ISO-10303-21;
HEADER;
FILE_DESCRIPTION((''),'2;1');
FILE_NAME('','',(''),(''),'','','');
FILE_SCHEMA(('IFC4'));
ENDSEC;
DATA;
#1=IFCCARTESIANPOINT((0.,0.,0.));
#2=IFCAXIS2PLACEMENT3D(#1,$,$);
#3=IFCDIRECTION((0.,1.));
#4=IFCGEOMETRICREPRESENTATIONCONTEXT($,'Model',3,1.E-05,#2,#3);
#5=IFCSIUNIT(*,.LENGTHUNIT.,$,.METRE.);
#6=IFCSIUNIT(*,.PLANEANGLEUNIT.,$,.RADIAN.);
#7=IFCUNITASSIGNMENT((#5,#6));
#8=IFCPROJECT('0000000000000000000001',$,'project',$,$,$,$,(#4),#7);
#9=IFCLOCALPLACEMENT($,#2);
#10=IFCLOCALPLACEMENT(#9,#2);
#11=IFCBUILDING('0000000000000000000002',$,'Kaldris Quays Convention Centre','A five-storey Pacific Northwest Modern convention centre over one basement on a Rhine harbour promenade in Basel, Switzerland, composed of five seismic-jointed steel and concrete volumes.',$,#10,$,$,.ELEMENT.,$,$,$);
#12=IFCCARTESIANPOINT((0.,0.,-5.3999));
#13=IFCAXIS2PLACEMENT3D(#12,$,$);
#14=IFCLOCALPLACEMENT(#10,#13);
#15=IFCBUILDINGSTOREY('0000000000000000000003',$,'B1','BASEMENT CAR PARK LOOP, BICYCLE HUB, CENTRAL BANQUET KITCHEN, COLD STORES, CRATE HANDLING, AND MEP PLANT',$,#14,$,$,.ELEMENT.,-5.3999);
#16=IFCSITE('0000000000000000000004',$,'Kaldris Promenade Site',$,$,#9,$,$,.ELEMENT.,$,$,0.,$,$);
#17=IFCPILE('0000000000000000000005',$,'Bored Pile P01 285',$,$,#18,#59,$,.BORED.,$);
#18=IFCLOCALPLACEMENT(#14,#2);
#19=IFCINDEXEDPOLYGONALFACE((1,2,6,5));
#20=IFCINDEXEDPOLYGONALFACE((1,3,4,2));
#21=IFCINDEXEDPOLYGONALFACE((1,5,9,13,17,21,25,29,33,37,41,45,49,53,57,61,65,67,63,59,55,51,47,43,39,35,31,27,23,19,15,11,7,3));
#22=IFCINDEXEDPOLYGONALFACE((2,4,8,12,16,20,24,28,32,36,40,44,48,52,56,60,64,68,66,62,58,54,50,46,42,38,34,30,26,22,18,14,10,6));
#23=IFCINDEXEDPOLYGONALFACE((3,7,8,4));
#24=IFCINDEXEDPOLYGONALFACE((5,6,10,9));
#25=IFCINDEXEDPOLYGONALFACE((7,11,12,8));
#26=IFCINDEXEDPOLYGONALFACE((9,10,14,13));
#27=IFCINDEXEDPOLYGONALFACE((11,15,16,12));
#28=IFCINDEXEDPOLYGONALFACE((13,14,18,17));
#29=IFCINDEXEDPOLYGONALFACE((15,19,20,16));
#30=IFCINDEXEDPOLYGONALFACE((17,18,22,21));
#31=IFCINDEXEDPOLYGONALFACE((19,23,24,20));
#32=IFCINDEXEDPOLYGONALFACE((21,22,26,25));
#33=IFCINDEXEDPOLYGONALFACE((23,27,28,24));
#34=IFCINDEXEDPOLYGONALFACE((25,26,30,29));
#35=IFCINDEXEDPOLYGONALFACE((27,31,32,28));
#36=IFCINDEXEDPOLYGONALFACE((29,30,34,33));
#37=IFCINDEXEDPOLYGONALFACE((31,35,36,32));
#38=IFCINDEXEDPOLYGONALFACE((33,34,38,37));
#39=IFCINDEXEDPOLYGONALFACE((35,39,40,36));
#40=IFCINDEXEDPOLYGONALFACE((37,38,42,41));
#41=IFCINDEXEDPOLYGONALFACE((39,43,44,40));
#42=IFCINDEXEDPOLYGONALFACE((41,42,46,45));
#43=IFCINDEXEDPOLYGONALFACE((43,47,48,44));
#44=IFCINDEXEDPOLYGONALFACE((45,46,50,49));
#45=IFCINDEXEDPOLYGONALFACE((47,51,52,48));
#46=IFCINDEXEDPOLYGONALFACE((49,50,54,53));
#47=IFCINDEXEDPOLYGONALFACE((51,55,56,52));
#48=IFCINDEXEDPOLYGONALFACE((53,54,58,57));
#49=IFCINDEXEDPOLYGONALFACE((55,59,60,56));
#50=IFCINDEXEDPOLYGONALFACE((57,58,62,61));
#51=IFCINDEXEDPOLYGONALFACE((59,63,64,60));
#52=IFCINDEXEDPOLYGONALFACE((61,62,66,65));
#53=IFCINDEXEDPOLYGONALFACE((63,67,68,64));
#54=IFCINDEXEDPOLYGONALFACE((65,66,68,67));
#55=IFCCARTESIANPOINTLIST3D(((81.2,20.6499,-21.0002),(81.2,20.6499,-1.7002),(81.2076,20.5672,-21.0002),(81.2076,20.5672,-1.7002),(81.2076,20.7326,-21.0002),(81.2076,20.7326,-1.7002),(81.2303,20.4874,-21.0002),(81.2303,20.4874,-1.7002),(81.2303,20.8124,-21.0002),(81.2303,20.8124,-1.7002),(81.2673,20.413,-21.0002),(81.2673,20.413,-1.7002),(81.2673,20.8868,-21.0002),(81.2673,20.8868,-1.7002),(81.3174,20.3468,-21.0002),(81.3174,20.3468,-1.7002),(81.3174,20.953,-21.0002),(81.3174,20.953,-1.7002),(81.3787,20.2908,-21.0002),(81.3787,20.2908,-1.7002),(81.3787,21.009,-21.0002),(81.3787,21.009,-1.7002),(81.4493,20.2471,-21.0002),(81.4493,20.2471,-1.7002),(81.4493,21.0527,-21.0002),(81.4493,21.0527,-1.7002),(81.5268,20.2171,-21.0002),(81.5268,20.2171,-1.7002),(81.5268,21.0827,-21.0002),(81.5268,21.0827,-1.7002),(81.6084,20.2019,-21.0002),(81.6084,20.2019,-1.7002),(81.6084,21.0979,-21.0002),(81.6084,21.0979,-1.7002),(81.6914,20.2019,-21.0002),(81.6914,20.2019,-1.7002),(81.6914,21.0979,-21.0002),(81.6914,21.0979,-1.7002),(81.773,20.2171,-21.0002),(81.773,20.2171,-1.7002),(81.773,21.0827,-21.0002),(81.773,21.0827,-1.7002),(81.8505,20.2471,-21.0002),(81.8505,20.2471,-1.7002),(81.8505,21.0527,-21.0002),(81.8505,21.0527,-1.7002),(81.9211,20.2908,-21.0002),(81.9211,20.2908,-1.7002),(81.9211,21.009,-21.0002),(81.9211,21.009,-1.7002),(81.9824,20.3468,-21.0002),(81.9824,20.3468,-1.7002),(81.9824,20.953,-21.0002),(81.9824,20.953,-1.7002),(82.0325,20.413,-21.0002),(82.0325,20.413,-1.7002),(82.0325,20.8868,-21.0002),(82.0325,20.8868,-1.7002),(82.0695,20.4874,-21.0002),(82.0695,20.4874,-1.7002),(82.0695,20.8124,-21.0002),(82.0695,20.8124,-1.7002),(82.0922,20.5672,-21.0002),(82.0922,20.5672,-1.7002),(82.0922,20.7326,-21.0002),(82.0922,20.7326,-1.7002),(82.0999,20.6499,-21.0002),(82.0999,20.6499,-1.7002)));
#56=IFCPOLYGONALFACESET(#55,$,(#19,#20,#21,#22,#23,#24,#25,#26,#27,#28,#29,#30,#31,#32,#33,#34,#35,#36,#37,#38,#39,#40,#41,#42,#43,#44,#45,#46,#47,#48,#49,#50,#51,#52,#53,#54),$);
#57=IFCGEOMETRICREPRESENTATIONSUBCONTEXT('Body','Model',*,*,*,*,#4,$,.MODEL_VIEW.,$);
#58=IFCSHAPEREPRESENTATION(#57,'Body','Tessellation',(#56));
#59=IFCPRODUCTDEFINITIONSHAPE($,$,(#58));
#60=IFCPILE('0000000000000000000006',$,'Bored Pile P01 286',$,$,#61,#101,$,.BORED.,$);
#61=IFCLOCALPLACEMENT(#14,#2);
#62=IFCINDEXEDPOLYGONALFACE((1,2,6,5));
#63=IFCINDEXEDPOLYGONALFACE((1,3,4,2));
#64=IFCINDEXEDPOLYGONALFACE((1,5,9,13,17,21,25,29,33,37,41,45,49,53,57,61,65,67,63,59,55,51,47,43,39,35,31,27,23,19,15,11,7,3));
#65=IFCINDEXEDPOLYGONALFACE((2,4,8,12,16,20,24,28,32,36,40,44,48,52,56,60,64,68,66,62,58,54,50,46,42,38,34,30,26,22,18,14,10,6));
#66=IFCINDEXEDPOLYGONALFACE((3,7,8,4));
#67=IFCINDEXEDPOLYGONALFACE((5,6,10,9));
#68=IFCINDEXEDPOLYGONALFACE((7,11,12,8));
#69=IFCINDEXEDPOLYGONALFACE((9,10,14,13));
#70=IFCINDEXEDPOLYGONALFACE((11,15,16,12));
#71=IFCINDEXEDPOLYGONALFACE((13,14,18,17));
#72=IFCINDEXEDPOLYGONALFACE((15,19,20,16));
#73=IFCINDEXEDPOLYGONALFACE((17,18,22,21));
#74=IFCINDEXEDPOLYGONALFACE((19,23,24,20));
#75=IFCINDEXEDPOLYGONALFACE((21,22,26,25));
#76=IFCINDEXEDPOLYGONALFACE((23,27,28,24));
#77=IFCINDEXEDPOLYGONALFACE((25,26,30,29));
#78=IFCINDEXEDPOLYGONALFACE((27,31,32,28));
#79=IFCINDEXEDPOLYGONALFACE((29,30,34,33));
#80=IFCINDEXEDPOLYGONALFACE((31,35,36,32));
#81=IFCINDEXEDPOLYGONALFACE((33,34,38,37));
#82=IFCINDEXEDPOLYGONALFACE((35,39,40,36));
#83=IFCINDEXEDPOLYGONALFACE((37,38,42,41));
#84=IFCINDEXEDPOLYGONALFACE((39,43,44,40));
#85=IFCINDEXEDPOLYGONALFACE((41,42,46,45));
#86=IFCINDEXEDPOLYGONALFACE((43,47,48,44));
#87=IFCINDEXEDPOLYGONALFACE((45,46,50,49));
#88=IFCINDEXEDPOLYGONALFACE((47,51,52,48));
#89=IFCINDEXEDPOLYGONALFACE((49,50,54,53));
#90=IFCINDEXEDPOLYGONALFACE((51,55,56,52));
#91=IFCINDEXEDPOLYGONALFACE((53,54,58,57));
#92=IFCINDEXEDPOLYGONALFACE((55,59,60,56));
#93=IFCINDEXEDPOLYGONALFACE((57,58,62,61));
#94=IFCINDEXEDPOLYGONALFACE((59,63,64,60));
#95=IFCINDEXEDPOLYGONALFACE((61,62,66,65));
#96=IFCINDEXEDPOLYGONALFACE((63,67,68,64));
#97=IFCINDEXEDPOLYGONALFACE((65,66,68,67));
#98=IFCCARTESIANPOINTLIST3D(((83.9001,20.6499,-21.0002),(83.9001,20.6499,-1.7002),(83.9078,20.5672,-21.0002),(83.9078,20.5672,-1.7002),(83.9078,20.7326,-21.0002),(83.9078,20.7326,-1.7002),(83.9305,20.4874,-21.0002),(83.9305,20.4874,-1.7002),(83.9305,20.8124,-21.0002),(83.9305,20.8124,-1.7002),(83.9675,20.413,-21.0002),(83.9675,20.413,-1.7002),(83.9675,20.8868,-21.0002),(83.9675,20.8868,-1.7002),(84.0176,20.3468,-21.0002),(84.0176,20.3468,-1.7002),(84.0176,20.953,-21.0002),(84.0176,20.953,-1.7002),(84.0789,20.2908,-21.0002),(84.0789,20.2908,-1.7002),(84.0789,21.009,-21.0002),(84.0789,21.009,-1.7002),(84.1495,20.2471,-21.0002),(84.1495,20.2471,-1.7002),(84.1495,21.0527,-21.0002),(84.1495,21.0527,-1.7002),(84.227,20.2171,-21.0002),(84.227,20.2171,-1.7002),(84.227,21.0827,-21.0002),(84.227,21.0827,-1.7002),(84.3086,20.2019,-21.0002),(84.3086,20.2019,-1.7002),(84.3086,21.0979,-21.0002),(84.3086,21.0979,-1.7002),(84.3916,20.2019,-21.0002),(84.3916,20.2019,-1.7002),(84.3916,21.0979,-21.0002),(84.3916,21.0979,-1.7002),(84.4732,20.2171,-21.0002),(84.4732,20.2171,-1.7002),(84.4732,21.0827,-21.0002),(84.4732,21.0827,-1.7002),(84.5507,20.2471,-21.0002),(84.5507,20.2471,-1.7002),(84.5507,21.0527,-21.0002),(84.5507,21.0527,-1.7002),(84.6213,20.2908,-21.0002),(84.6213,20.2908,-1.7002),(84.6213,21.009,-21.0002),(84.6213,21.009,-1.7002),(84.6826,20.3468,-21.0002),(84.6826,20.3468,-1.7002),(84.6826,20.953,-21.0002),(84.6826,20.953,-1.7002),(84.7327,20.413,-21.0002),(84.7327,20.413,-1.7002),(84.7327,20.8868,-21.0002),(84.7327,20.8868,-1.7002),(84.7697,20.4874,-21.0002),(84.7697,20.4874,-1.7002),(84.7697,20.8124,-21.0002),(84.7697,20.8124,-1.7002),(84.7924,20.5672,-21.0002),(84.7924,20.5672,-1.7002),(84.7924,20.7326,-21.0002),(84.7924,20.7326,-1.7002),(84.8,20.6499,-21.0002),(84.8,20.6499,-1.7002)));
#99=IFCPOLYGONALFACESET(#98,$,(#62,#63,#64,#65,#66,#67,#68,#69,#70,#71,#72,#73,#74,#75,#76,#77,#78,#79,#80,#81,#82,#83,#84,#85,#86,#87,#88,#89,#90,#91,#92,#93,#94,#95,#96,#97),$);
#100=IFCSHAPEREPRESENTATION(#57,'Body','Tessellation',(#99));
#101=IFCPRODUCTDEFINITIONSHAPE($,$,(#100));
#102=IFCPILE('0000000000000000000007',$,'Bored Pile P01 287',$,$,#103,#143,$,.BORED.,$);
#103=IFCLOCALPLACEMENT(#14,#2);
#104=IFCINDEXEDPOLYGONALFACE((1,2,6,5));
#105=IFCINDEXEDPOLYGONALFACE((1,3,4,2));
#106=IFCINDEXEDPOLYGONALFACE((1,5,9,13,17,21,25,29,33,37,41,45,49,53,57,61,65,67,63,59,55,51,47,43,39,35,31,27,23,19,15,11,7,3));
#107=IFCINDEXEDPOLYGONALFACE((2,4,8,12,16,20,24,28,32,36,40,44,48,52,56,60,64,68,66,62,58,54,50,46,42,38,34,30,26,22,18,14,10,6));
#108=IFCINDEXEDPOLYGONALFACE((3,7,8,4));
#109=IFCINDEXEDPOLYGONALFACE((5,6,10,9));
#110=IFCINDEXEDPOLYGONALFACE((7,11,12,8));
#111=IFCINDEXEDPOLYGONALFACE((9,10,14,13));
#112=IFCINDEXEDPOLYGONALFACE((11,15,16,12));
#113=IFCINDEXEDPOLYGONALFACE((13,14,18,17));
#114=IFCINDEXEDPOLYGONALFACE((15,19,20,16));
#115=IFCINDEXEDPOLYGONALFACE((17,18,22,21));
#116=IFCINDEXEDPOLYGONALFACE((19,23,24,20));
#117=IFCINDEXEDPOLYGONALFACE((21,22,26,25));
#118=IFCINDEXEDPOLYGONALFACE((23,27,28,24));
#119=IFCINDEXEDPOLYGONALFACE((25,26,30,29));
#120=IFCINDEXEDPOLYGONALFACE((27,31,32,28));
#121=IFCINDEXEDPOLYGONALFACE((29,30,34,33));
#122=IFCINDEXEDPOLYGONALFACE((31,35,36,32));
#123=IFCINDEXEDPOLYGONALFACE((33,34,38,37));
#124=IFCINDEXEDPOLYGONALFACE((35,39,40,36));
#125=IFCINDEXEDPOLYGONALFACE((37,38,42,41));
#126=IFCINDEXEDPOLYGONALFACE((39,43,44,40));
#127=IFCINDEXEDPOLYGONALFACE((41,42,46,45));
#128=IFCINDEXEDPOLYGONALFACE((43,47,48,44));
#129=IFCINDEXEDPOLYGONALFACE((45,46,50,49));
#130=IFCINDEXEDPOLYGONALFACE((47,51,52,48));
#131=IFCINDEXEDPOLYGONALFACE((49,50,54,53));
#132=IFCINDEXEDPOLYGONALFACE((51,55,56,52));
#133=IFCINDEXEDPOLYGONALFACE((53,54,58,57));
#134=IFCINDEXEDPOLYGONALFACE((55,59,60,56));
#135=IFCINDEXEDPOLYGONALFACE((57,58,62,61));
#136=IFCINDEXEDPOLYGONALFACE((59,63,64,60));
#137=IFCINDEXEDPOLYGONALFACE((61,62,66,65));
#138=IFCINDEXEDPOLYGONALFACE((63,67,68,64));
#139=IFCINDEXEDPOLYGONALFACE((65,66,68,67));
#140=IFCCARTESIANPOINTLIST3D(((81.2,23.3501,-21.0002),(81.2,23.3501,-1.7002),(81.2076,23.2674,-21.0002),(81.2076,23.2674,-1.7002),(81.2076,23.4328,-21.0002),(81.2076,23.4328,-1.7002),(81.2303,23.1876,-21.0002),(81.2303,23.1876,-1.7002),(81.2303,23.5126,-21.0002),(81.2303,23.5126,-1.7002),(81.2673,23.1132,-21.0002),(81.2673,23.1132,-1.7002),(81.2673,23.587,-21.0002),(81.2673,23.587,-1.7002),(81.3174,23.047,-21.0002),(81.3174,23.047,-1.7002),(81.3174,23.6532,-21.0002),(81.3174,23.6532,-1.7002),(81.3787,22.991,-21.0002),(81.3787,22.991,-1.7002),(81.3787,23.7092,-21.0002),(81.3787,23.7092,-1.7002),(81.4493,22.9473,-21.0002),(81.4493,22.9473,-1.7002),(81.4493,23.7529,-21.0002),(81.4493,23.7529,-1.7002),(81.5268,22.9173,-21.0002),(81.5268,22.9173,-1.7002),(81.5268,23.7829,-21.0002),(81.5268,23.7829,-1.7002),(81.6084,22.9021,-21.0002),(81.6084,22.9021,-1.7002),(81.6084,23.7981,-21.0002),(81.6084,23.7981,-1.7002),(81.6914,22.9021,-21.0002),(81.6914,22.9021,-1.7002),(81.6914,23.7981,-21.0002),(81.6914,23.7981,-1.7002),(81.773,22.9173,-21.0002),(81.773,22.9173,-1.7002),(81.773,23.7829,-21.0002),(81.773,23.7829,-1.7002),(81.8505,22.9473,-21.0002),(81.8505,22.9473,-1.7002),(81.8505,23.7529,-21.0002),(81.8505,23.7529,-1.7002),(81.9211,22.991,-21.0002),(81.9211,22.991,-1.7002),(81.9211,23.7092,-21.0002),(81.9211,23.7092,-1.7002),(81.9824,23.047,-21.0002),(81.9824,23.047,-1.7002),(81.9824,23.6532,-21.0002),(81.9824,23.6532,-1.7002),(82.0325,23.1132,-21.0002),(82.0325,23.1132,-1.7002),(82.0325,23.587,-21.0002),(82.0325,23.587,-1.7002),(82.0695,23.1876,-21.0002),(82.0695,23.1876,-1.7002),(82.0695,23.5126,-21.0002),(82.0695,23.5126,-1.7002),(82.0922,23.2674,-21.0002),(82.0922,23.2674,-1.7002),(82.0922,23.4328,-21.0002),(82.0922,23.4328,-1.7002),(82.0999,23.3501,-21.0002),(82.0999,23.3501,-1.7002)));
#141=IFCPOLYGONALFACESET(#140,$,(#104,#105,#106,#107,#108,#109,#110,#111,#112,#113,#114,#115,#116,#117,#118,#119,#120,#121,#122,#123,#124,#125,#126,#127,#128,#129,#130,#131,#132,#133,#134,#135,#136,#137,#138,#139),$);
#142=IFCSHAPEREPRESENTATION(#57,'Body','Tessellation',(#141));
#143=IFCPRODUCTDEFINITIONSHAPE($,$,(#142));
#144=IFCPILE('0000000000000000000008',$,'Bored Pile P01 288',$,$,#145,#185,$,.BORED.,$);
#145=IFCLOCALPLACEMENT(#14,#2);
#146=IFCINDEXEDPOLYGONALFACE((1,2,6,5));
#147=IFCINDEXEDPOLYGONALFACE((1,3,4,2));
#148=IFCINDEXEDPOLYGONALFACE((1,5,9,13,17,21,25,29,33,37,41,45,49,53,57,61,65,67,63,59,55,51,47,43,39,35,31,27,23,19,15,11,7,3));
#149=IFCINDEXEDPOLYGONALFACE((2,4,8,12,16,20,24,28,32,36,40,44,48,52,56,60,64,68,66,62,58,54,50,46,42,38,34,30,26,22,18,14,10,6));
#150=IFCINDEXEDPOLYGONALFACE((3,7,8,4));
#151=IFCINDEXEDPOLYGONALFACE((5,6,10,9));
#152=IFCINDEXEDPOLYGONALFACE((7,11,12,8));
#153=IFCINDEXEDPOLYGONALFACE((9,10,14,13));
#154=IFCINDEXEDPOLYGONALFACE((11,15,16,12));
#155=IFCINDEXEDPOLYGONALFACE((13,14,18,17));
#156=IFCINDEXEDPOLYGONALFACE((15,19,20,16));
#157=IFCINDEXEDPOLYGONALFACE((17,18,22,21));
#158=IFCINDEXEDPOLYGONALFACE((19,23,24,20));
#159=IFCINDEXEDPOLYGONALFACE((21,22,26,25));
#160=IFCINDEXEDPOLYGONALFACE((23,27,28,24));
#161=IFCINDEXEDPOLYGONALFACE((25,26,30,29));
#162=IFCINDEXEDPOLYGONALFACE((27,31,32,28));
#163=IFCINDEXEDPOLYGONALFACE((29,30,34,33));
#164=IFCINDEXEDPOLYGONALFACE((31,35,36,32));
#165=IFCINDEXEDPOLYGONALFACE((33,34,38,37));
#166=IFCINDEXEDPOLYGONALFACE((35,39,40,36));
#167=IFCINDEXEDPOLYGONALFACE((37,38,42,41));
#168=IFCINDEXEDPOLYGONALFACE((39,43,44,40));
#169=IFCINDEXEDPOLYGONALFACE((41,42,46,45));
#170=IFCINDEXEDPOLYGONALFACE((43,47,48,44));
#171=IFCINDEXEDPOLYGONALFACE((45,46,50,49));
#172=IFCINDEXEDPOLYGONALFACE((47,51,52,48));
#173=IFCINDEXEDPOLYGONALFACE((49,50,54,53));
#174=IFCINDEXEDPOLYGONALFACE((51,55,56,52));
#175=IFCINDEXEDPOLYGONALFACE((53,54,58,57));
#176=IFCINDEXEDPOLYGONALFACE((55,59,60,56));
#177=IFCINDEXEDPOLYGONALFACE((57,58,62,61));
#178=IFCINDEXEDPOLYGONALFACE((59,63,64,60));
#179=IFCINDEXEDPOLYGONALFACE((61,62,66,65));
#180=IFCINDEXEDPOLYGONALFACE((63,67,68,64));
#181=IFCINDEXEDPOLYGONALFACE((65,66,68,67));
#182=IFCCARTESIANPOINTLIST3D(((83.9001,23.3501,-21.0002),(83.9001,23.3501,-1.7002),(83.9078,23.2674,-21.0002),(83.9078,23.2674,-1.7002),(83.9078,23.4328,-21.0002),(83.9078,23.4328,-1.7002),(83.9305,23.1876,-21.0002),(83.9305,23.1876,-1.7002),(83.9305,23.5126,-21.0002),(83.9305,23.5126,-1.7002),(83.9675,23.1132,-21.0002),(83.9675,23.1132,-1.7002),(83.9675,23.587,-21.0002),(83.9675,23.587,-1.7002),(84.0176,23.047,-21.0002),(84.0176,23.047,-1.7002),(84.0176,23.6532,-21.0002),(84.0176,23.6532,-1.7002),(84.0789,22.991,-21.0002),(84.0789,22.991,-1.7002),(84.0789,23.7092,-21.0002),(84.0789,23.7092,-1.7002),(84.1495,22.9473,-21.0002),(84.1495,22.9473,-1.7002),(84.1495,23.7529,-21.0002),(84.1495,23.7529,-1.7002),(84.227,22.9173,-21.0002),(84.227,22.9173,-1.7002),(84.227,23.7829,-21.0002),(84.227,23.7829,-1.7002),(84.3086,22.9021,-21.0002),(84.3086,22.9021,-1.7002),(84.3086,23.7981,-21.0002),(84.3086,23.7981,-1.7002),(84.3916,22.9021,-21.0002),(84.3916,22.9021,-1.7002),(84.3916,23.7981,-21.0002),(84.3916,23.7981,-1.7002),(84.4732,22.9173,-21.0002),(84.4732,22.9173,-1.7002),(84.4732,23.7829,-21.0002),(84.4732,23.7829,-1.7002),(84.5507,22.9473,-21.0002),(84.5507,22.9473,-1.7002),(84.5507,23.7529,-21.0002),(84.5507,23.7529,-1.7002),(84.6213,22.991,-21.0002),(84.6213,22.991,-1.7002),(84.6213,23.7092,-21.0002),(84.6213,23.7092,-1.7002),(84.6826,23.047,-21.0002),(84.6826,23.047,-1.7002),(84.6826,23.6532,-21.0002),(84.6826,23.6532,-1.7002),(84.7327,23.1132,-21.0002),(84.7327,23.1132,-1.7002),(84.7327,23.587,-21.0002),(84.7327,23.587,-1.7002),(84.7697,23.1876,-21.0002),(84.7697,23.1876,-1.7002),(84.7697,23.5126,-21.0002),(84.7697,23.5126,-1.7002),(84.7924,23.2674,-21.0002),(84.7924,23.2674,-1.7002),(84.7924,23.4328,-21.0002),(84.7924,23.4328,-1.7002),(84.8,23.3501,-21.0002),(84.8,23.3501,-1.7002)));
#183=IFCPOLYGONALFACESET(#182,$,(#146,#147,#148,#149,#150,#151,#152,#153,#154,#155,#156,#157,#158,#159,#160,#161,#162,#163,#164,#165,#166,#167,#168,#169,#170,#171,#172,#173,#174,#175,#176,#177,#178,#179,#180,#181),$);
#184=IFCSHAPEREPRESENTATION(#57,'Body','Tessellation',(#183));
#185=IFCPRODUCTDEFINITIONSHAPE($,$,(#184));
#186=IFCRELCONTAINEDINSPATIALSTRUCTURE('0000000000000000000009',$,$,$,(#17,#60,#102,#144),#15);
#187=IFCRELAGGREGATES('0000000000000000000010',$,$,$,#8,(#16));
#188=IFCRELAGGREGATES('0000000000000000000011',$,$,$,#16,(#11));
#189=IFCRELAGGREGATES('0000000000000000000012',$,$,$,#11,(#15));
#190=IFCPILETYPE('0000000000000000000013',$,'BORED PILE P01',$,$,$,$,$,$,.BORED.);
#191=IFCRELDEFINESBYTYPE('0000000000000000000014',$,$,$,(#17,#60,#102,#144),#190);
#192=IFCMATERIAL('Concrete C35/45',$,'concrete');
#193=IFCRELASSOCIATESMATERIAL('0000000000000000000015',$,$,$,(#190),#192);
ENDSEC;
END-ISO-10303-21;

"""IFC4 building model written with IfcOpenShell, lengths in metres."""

from ifc_helpers import new_model, si_unit, direction, frame, origin, origin_2d, place, context, subcontext, project, spatial, circle, extrude, material, material_profile, profile_set, type_object, element, save


model = new_model("IFC4")

# Units and contexts
model_context = context("Model", 3, precision=1e-05, world=origin(), true_north=direction((0.0, 1.0)))
body_context = subcontext(model_context, "Body", "Model", "MODEL_VIEW")
ifc_project = project(units=[si_unit("LENGTHUNIT", "METRE"), si_unit("PLANEANGLEUNIT", "RADIAN")], contexts=[model_context])

# Site, building, storey
site_placement = place(None, origin())
site = spatial("IfcSite", under=ifc_project, at=site_placement, Name="Kaldris Promenade Site", CompositionType="ELEMENT", RefElevation=0.0)
building_placement = place(site_placement, origin())
building = spatial("IfcBuilding", under=site, at=building_placement, Name="Kaldris Quays Convention Centre", Description="A five-storey Pacific Northwest Modern convention centre over one basement on a Rhine harbour promenade in Basel, Switzerland, composed of five seismic-jointed steel and concrete volumes.", CompositionType="ELEMENT")
storey_placement = place(building_placement, frame((0.0, 0.0, -5.3999)))
storey = spatial("IfcBuildingStorey", under=building, at=storey_placement, Name="B1", Description="BASEMENT CAR PARK LOOP, BICYCLE HUB, CENTRAL BANQUET KITCHEN, COLD STORES, CRATE HANDLING, AND MEP PLANT", CompositionType="ELEMENT", Elevation=-5.3999)

# Piles
ifc_material_1 = material(Name="Concrete C35/45", Category="concrete")
ifc_material_profile_1 = material_profile(ifc_material_1, circle(Radius=0.45, at=origin_2d()), Name="BORED PILE D900")
ifc_profile_set_1 = profile_set([ifc_material_profile_1], Name="Concrete C35/45")
pile_type_1 = type_object("IfcPileType", Name="BORED PILE P01", PredefinedType="BORED", material=ifc_profile_set_1)
for number, where, z_axis, x_axis, name in (
    (1, (81.6499, 20.6499, -1.7002), (0.0, 0.0, -1.0), (1.0, 0.0, 0.0), "Bored Pile P01 285"),
    (2, (84.3501, 20.6499, -1.7002), (0.0, 0.0, -1.0), (1.0, 0.0, 0.0), "Bored Pile P01 286"),
    (3, (81.6499, 23.3501, -1.7002), (0.0, 0.0, -1.0), (1.0, 0.0, 0.0), "Bored Pile P01 287"),
    (4, (84.3501, 23.3501, -1.7002), (0.0, 0.0, -1.0), (1.0, 0.0, 0.0), "Bored Pile P01 288"),
):
    element("IfcPile", number, at=place(storey_placement, frame(where, z_axis=z_axis, x_axis=x_axis)), inside=storey, type_object=pile_type_1, Name=name, PredefinedType="BORED", context=body_context, shape_type="SweptSolid", body=[
        extrude(circle(Radius=0.45, at=origin_2d()), origin(), (0.0, 0.0, 1.0), 19.3),
    ])

save(model, "model.ifc")
